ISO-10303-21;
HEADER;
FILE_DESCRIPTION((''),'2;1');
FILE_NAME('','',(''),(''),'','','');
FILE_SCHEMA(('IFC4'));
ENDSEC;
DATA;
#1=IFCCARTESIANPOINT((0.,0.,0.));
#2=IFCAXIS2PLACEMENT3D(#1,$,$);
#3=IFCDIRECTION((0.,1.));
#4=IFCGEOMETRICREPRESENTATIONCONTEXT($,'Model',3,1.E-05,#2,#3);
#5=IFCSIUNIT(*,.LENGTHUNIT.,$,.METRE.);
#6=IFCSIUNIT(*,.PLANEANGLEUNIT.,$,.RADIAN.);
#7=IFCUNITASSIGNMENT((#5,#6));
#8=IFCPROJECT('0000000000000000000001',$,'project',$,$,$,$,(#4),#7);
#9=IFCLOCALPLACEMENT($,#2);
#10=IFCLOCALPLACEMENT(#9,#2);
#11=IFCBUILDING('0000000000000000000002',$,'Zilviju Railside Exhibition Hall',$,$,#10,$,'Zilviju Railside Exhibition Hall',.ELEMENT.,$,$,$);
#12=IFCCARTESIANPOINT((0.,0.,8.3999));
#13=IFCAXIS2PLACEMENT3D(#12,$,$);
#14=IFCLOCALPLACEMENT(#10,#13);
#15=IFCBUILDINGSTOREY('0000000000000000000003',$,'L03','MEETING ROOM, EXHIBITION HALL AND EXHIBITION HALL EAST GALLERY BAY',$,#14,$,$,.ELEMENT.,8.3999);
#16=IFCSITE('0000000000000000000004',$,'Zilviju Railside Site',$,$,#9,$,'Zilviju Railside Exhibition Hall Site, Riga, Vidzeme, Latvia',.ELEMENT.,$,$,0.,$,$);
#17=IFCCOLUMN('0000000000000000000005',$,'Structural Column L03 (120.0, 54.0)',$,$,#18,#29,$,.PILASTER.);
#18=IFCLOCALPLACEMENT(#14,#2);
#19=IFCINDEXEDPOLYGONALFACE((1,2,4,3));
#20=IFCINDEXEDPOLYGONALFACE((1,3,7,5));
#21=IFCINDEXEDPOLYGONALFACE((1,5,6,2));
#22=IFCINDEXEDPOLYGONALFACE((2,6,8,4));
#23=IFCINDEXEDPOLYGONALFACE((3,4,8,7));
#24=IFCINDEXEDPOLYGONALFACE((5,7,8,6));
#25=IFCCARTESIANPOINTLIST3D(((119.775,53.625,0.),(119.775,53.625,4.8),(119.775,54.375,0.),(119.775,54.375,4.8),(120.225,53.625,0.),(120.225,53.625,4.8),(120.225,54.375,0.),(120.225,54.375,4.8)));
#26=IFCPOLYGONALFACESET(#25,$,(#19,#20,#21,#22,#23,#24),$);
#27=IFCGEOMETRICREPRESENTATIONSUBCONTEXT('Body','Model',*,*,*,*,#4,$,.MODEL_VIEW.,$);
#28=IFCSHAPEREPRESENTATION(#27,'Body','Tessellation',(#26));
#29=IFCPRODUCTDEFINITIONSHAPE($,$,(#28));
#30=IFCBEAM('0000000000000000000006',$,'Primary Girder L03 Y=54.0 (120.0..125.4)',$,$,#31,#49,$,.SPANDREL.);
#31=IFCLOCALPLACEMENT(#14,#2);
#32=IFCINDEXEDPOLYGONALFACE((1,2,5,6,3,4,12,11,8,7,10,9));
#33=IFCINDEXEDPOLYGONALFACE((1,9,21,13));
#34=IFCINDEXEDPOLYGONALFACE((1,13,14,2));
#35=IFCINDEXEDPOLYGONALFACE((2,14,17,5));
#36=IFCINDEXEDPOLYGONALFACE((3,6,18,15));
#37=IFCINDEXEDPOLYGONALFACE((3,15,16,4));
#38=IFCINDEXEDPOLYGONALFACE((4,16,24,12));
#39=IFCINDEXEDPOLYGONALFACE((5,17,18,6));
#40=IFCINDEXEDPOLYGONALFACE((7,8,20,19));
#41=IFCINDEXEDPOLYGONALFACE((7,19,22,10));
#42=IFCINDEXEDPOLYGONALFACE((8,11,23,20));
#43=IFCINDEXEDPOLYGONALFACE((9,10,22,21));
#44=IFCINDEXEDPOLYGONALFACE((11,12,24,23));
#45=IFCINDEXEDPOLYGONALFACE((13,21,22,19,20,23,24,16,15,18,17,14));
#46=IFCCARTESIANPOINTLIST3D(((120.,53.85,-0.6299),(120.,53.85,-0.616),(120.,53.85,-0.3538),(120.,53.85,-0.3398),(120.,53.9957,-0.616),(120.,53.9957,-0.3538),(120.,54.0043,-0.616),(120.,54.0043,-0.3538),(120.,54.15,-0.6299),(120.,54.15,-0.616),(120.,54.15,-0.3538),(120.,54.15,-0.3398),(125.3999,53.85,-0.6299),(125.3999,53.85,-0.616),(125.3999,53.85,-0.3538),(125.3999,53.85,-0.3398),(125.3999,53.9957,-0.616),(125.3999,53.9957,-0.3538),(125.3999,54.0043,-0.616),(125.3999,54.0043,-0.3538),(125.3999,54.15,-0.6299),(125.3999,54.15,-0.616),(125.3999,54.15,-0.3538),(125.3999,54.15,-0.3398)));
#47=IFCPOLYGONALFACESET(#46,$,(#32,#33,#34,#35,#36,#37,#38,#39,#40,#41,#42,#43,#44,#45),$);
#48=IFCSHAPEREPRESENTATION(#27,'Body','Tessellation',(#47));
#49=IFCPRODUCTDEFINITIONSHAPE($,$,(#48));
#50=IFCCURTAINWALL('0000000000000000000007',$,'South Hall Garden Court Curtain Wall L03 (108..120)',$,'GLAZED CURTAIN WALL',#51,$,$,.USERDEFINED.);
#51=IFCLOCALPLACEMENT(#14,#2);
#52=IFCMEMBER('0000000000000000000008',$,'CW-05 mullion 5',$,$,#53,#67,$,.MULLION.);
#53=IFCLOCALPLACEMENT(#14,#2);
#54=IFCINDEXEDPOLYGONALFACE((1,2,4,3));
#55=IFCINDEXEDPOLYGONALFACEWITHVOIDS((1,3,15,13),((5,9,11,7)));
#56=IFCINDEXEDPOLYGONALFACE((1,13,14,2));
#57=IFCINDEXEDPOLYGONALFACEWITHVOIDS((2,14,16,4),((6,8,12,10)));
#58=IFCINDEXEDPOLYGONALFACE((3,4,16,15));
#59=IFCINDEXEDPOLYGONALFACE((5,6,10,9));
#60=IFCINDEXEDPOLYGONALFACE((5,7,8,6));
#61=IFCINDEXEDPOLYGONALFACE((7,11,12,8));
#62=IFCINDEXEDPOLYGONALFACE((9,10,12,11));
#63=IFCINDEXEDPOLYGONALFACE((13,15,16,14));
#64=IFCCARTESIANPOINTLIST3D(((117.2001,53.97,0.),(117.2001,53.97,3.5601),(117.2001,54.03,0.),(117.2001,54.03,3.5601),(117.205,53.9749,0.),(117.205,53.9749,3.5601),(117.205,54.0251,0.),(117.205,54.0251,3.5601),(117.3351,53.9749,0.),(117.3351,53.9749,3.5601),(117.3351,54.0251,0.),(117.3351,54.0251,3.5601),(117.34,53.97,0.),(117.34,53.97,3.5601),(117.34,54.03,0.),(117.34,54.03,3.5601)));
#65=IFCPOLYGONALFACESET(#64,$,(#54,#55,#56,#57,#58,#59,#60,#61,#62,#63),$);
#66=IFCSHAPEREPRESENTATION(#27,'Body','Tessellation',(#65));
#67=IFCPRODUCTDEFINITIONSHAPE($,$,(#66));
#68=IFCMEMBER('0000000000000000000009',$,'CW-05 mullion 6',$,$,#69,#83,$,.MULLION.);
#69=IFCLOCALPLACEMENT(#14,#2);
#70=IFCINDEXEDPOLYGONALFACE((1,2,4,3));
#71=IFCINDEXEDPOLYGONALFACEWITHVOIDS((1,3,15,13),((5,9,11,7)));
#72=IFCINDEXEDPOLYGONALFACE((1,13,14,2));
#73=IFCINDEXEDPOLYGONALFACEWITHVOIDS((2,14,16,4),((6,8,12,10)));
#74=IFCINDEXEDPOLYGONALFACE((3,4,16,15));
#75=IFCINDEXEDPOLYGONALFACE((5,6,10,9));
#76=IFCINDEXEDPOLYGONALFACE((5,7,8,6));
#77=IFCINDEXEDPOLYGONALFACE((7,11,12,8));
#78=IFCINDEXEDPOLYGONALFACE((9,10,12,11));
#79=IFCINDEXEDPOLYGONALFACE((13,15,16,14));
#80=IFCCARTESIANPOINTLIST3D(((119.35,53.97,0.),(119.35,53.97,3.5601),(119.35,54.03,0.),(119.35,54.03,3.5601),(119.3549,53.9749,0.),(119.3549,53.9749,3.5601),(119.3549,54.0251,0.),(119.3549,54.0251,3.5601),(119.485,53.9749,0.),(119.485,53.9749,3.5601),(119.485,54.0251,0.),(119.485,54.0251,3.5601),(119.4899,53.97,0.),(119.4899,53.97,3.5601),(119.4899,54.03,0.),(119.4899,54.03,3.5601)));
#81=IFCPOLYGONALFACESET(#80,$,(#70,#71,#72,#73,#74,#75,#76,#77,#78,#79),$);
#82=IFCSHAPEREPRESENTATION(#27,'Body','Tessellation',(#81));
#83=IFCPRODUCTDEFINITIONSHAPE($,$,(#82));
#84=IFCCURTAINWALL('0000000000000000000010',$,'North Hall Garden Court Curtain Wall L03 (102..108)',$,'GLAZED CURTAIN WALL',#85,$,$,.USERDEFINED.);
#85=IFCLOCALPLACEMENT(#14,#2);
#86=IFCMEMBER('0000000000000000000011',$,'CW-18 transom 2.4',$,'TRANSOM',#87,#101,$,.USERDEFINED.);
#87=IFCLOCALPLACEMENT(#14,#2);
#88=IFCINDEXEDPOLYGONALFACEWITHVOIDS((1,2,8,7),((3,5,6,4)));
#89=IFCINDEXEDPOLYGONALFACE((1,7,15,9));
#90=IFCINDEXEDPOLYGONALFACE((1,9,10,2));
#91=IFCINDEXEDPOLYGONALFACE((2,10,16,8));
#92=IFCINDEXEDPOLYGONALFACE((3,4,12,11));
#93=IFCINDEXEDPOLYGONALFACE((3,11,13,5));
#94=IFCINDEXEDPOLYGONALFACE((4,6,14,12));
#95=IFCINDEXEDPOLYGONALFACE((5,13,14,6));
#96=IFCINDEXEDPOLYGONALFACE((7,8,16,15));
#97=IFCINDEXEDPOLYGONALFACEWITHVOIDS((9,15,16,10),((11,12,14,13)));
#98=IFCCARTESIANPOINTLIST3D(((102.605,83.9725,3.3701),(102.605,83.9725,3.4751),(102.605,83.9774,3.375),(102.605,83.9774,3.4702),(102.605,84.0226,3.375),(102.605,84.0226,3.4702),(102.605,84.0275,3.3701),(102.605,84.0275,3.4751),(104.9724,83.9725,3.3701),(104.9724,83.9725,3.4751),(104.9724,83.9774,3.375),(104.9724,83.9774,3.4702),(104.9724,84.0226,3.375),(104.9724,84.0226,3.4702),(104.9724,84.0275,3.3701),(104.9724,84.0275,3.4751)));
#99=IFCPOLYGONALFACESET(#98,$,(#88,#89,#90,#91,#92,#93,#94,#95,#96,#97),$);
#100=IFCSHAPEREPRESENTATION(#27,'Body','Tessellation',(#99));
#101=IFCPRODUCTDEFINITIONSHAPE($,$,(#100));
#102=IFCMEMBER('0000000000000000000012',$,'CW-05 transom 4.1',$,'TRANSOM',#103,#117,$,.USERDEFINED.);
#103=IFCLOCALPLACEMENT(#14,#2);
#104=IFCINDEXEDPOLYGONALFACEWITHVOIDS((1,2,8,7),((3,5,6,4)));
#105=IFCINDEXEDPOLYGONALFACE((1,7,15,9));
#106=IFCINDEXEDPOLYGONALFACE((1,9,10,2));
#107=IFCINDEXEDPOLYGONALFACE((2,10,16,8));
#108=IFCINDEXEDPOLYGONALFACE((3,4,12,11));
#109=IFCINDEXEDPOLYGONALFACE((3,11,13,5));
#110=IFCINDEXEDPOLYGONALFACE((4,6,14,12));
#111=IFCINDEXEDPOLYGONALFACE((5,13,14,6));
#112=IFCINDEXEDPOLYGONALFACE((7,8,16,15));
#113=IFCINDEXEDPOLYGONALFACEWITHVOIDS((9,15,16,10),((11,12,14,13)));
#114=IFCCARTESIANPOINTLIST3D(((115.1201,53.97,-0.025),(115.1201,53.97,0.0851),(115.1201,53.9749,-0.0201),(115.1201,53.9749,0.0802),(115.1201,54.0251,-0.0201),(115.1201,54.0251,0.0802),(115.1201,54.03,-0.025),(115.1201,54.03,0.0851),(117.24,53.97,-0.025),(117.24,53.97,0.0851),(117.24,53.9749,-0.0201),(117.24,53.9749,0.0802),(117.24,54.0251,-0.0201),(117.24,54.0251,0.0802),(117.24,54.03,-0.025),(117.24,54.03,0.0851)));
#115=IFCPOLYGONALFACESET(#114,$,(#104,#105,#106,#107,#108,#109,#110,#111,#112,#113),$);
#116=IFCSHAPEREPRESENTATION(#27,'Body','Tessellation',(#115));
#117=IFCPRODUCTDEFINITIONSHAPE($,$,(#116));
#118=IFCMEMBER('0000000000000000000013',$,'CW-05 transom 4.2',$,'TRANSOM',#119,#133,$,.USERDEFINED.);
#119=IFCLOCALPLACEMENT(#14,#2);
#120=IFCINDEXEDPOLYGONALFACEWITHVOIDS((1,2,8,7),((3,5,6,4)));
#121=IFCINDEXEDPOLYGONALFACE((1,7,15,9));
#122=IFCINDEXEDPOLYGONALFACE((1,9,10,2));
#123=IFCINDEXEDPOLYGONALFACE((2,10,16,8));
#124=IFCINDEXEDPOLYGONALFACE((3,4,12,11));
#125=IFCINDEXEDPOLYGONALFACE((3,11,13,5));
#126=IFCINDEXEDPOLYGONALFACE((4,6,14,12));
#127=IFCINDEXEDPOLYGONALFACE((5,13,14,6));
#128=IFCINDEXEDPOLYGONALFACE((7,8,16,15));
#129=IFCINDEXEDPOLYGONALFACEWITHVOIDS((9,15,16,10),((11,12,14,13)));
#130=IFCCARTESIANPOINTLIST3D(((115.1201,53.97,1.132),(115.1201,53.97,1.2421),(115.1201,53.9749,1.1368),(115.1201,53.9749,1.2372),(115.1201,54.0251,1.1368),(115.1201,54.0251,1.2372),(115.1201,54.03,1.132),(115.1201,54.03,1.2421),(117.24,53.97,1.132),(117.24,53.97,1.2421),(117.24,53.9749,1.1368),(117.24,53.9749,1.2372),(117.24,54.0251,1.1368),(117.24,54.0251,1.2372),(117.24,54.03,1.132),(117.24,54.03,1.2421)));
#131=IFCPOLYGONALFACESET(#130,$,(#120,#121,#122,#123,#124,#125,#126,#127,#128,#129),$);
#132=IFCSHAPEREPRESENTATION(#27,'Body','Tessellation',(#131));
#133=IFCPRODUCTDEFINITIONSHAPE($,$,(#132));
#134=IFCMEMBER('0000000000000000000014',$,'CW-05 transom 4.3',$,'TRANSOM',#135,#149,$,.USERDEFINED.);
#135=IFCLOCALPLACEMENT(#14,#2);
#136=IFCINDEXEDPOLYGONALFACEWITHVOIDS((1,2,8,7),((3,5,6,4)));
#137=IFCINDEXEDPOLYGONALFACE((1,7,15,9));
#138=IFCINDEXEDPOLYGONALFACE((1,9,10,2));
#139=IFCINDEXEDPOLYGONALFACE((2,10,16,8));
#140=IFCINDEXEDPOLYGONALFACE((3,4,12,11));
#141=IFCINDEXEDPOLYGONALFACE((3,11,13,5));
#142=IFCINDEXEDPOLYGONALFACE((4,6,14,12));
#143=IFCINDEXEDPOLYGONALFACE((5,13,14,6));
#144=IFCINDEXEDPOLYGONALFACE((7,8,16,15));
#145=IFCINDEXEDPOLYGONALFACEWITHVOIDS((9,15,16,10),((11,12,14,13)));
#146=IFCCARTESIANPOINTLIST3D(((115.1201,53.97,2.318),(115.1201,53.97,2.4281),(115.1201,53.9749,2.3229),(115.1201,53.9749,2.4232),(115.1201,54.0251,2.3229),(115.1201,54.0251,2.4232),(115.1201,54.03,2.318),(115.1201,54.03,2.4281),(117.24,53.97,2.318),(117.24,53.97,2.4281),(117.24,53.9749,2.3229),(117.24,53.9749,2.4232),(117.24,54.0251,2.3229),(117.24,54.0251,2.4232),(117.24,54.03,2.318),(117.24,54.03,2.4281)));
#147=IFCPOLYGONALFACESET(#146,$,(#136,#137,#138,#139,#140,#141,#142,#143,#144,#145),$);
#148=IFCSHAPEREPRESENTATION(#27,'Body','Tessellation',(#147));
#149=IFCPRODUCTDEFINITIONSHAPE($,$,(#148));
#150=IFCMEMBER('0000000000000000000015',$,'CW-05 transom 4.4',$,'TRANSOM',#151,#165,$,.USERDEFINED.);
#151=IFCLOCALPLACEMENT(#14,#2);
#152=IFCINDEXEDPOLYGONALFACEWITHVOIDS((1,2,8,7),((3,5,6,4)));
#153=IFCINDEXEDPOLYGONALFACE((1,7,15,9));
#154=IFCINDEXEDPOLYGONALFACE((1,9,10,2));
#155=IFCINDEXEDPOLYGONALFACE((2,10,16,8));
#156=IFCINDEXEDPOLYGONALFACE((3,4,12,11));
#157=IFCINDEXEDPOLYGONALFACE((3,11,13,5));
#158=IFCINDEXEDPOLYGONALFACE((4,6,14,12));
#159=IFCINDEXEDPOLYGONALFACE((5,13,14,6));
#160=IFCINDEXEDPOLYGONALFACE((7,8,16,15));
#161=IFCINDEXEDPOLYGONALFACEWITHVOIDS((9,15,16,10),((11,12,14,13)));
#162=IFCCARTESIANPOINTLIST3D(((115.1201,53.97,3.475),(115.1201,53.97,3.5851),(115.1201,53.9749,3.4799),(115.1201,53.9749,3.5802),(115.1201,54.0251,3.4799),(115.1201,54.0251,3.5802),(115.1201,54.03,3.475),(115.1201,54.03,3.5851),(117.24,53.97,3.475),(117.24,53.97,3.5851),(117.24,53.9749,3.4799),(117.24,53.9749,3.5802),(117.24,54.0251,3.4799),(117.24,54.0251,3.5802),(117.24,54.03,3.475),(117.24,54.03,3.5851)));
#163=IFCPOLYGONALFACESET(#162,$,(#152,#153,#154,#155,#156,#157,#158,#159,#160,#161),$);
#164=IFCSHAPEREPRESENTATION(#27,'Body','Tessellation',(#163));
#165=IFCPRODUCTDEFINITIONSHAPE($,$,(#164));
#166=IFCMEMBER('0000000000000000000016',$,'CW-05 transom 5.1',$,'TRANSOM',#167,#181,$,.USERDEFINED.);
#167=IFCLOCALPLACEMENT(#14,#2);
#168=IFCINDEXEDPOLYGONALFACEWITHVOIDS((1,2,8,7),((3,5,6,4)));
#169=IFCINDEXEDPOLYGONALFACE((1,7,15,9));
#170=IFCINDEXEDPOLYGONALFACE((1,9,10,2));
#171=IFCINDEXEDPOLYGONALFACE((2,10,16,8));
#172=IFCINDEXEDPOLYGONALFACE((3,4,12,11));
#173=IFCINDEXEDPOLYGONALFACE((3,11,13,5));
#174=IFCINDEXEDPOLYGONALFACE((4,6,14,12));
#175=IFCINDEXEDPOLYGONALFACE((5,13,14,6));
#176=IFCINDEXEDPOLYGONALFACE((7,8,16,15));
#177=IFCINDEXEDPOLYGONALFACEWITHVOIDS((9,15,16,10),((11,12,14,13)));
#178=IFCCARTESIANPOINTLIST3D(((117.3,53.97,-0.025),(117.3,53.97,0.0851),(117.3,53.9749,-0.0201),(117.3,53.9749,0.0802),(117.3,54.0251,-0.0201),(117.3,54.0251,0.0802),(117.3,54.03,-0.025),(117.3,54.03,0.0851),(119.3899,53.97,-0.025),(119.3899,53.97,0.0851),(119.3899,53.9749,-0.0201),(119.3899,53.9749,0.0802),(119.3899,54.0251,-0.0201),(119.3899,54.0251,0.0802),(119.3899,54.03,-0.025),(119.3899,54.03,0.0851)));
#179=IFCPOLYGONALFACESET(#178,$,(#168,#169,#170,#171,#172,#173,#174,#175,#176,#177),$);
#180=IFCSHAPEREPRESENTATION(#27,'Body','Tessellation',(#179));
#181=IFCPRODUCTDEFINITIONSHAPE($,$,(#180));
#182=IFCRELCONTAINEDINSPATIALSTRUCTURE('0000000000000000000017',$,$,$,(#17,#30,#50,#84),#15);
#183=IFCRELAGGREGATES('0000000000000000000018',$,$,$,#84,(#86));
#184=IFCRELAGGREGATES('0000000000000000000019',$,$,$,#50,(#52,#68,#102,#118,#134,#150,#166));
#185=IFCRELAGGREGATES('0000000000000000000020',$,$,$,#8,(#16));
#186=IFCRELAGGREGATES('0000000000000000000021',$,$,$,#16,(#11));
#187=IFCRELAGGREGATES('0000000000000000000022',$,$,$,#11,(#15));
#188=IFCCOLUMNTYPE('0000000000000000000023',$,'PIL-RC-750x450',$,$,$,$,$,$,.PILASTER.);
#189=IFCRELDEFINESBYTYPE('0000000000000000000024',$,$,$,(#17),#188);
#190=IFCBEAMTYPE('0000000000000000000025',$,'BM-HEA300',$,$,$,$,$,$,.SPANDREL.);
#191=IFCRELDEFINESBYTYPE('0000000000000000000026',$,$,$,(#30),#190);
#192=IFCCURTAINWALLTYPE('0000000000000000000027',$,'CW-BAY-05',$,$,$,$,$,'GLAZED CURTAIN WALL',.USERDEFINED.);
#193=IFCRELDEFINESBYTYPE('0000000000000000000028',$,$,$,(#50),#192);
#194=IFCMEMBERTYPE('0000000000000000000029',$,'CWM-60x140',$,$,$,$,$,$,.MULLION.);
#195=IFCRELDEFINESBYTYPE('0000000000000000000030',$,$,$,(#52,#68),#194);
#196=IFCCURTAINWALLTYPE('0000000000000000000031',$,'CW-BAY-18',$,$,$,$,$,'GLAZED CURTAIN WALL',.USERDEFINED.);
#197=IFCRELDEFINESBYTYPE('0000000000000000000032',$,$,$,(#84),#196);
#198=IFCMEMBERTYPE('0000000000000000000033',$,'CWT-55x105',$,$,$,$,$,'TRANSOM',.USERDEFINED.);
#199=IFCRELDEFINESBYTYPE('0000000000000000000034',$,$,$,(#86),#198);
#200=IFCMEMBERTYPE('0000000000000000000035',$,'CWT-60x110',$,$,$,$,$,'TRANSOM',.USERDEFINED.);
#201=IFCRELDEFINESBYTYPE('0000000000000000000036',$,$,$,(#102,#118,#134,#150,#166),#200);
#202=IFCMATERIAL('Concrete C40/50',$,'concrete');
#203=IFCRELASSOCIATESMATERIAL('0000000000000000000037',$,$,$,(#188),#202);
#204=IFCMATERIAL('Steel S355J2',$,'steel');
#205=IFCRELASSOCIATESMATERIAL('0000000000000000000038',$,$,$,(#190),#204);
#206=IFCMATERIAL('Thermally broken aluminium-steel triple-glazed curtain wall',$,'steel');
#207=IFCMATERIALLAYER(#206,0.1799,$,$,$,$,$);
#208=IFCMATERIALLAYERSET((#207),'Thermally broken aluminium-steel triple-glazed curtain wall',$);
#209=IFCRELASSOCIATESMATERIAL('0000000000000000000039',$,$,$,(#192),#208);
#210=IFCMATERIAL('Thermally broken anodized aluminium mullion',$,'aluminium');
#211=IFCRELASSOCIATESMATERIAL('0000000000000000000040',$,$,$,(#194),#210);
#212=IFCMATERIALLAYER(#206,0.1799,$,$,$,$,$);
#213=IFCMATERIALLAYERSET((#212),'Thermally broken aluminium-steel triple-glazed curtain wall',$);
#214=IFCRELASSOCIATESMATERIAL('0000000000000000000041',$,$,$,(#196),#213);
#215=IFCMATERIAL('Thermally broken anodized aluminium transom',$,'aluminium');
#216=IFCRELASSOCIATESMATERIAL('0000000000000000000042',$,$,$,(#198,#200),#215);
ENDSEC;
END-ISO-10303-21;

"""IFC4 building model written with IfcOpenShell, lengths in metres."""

from ifc_helpers import new_model, si_unit, direction, frame, origin, origin_2d, place, context, subcontext, project, spatial, rectangle, hollow_rectangle, i_section, extrude, material, layer, layer_set, material_profile, profile_set, type_object, element, aggregate, save


model = new_model("IFC4")

# Units and contexts
model_context = context("Model", 3, precision=1e-05, world=origin(), true_north=direction((0.0, 1.0)))
body_context = subcontext(model_context, "Body", "Model", "MODEL_VIEW")
ifc_project = project(units=[si_unit("LENGTHUNIT", "METRE"), si_unit("PLANEANGLEUNIT", "RADIAN")], contexts=[model_context])

# Site, building, storey
site_placement = place(None, origin())
site = spatial("IfcSite", under=ifc_project, at=site_placement, Name="Zilviju Railside Site", LongName="Zilviju Railside Exhibition Hall Site, Riga, Vidzeme, Latvia", CompositionType="ELEMENT", RefElevation=0.0)
building_placement = place(site_placement, origin())
building = spatial("IfcBuilding", under=site, at=building_placement, Name="Zilviju Railside Exhibition Hall", LongName="Zilviju Railside Exhibition Hall", CompositionType="ELEMENT")
storey_placement = place(building_placement, frame((0.0, 0.0, 8.3999)))
storey = spatial("IfcBuildingStorey", under=building, at=storey_placement, Name="L03", Description="MEETING ROOM, EXHIBITION HALL AND EXHIBITION HALL EAST GALLERY BAY", CompositionType="ELEMENT", Elevation=8.3999)

# Column
ifc_material_1 = material(Name="Concrete C40/50", Category="concrete")
ifc_material_profile_1 = material_profile(ifc_material_1, rectangle(XDim=0.45, YDim=0.75, at=origin_2d()), Name="RC COL 450x750")
ifc_profile_set_1 = profile_set([ifc_material_profile_1], Name="Concrete C40/50")
column_type = type_object("IfcColumnType", Name="PIL-RC-750x450", PredefinedType="PILASTER", material=ifc_profile_set_1)
column_placement = place(storey_placement, frame((120.0, 54.0, 0.0), z_axis=(0.0, 0.0, 1.0), x_axis=(1.0, 0.0, 0.0)))
element("IfcColumn", 1, at=column_placement, inside=storey, type_object=column_type, Name="Structural Column L03 (120.0, 54.0)", PredefinedType="PILASTER", context=body_context, shape_type="SweptSolid", body=[
    extrude(rectangle(XDim=0.45, YDim=0.75, at=origin_2d()), origin(), (0.0, 0.0, 1.0), 4.8),
])

# Beam
ifc_material_2 = material(Name="Steel S355J2", Category="steel")
ifc_material_profile_2 = material_profile(ifc_material_2, i_section(OverallWidth=0.3, OverallDepth=0.29, WebThickness=0.0085, FlangeThickness=0.0139, at=origin_2d()), Name="HEA 300")
ifc_profile_set_2 = profile_set([ifc_material_profile_2], Name="Steel S355J2")
beam_type = type_object("IfcBeamType", Name="BM-HEA300", PredefinedType="SPANDREL", material=ifc_profile_set_2)
beam_placement = place(storey_placement, frame((120.0, 54.0, -0.4849), z_axis=(1.0, 0.0, 0.0), x_axis=(0.0, 1.0, 0.0)))
element("IfcBeam", 2, at=beam_placement, inside=storey, type_object=beam_type, Name="Primary Girder L03 Y=54.0 (120.0..125.4)", PredefinedType="SPANDREL", context=body_context, shape_type="SweptSolid", body=[
    extrude(i_section(OverallWidth=0.3, OverallDepth=0.29, WebThickness=0.0085, FlangeThickness=0.0139, at=origin_2d()), origin(), (0.0, 0.0, 1.0), 5.3999),
])

# Curtain wall, members
ifc_material_3 = material(Name="Thermally broken aluminium-steel triple-glazed curtain wall", Category="steel")
ifc_layer_1 = layer(ifc_material_3, 0.1799)
ifc_layer_set_1 = layer_set([ifc_layer_1], Name="Thermally broken aluminium-steel triple-glazed curtain wall")
curtain_wall_type_1 = type_object("IfcCurtainWallType", Name="CW-BAY-05", ElementType="GLAZED CURTAIN WALL", PredefinedType="USERDEFINED", material=ifc_layer_set_1)
curtain_wall_1_placement = place(storey_placement, origin())
curtain_wall_1 = element("IfcCurtainWall", 3, at=curtain_wall_1_placement, inside=storey, type_object=curtain_wall_type_1, Name="South Hall Garden Court Curtain Wall L03 (108..120)", ObjectType="GLAZED CURTAIN WALL", PredefinedType="USERDEFINED")
ifc_material_4 = material(Name="Thermally broken anodized aluminium mullion", Category="aluminium")
ifc_material_profile_3 = material_profile(ifc_material_4, hollow_rectangle(XDim=0.0601, YDim=0.1399, WallThickness=0.0049, at=origin_2d()), Name="MULLION 140x60x5")
ifc_profile_set_3 = profile_set([ifc_material_profile_3], Name="Thermally broken anodized aluminium mullion")
member_type_1 = type_object("IfcMemberType", Name="CWM-60x140", PredefinedType="MULLION", material=ifc_profile_set_3)
member_1_placement = place(storey_placement, frame((117.27, 54.0, 0.0), z_axis=(0.0, 0.0, 1.0), x_axis=(0.0, 1.0, 0.0)))
member_1 = element("IfcMember", 4, at=member_1_placement, type_object=member_type_1, Name="CW-05 mullion 5", PredefinedType="MULLION", context=body_context, shape_type="SweptSolid", body=[
    extrude(hollow_rectangle(XDim=0.0601, YDim=0.1399, WallThickness=0.0049, at=origin_2d()), origin(), (0.0, 0.0, 1.0), 3.5601),
])
member_2_placement = place(storey_placement, frame((119.4199, 54.0, 0.0), z_axis=(0.0, 0.0, 1.0), x_axis=(0.0, 1.0, 0.0)))
member_2 = element("IfcMember", 5, at=member_2_placement, type_object=member_type_1, Name="CW-05 mullion 6", PredefinedType="MULLION", context=body_context, shape_type="SweptSolid", body=[
    extrude(hollow_rectangle(XDim=0.0601, YDim=0.1399, WallThickness=0.0049, at=origin_2d()), origin(), (0.0, 0.0, 1.0), 3.5601),
])

# Curtain wall, member
ifc_layer_2 = layer(ifc_material_3, 0.1799)
ifc_layer_set_2 = layer_set([ifc_layer_2], Name="Thermally broken aluminium-steel triple-glazed curtain wall")
curtain_wall_type_2 = type_object("IfcCurtainWallType", Name="CW-BAY-18", ElementType="GLAZED CURTAIN WALL", PredefinedType="USERDEFINED", material=ifc_layer_set_2)
curtain_wall_2_placement = place(storey_placement, origin())
curtain_wall_2 = element("IfcCurtainWall", 6, at=curtain_wall_2_placement, inside=storey, type_object=curtain_wall_type_2, Name="North Hall Garden Court Curtain Wall L03 (102..108)", ObjectType="GLAZED CURTAIN WALL", PredefinedType="USERDEFINED")
ifc_material_5 = material(Name="Thermally broken anodized aluminium transom", Category="aluminium")
ifc_material_profile_4 = material_profile(ifc_material_5, hollow_rectangle(XDim=0.0549, YDim=0.105, WallThickness=0.0049, at=origin_2d()), Name="TRANSOM 105x55x5")
ifc_profile_set_4 = profile_set([ifc_material_profile_4], Name="Thermally broken anodized aluminium transom")
member_type_2 = type_object("IfcMemberType", Name="CWT-55x105", ElementType="TRANSOM", PredefinedType="USERDEFINED", material=ifc_profile_set_4)
member_3_placement = place(storey_placement, frame((104.9724, 84.0, 3.4226), z_axis=(-1.0, 0.0, 0.0), x_axis=(0.0, -1.0, 0.0)))
member_3 = element("IfcMember", 7, at=member_3_placement, type_object=member_type_2, Name="CW-18 transom 2.4", ObjectType="TRANSOM", PredefinedType="USERDEFINED", context=body_context, shape_type="SweptSolid", body=[
    extrude(hollow_rectangle(XDim=0.0549, YDim=0.105, WallThickness=0.0049, at=origin_2d()), origin(), (0.0, 0.0, 1.0), 2.3674),
])
aggregate(curtain_wall_2, [member_3])

# Members
ifc_material_profile_5 = material_profile(ifc_material_5, hollow_rectangle(XDim=0.0601, YDim=0.1101, WallThickness=0.0049, at=origin_2d()), Name="TRANSOM 110x60x5")
ifc_profile_set_5 = profile_set([ifc_material_profile_5], Name="Thermally broken anodized aluminium transom")
member_type_3 = type_object("IfcMemberType", Name="CWT-60x110", ElementType="TRANSOM", PredefinedType="USERDEFINED", material=ifc_profile_set_5)
member_4_placement = place(storey_placement, frame((115.1201, 54.0, 0.03), z_axis=(1.0, 0.0, 0.0), x_axis=(0.0, 1.0, 0.0)))
member_4 = element("IfcMember", 8, at=member_4_placement, type_object=member_type_3, Name="CW-05 transom 4.1", ObjectType="TRANSOM", PredefinedType="USERDEFINED", context=body_context, shape_type="SweptSolid", body=[
    extrude(hollow_rectangle(XDim=0.0601, YDim=0.1101, WallThickness=0.0049, at=origin_2d()), origin(), (0.0, 0.0, 1.0), 2.1199),
])
member_5_placement = place(storey_placement, frame((115.1201, 54.0, 1.187), z_axis=(1.0, 0.0, 0.0), x_axis=(0.0, 1.0, 0.0)))
member_5 = element("IfcMember", 9, at=member_5_placement, type_object=member_type_3, Name="CW-05 transom 4.2", ObjectType="TRANSOM", PredefinedType="USERDEFINED", context=body_context, shape_type="SweptSolid", body=[
    extrude(hollow_rectangle(XDim=0.0601, YDim=0.1101, WallThickness=0.0049, at=origin_2d()), origin(), (0.0, 0.0, 1.0), 2.1199),
])
member_6_placement = place(storey_placement, frame((115.1201, 54.0, 2.373), z_axis=(1.0, 0.0, 0.0), x_axis=(0.0, 1.0, 0.0)))
member_6 = element("IfcMember", 10, at=member_6_placement, type_object=member_type_3, Name="CW-05 transom 4.3", ObjectType="TRANSOM", PredefinedType="USERDEFINED", context=body_context, shape_type="SweptSolid", body=[
    extrude(hollow_rectangle(XDim=0.0601, YDim=0.1101, WallThickness=0.0049, at=origin_2d()), origin(), (0.0, 0.0, 1.0), 2.1199),
])
member_7_placement = place(storey_placement, frame((115.1201, 54.0, 3.53), z_axis=(1.0, 0.0, 0.0), x_axis=(0.0, 1.0, 0.0)))
member_7 = element("IfcMember", 11, at=member_7_placement, type_object=member_type_3, Name="CW-05 transom 4.4", ObjectType="TRANSOM", PredefinedType="USERDEFINED", context=body_context, shape_type="SweptSolid", body=[
    extrude(hollow_rectangle(XDim=0.0601, YDim=0.1101, WallThickness=0.0049, at=origin_2d()), origin(), (0.0, 0.0, 1.0), 2.1199),
])
member_8_placement = place(storey_placement, frame((117.3, 54.0, 0.03), z_axis=(1.0, 0.0, 0.0), x_axis=(0.0, 1.0, 0.0)))
member_8 = element("IfcMember", 12, at=member_8_placement, type_object=member_type_3, Name="CW-05 transom 5.1", ObjectType="TRANSOM", PredefinedType="USERDEFINED", context=body_context, shape_type="SweptSolid", body=[
    extrude(hollow_rectangle(XDim=0.0601, YDim=0.1101, WallThickness=0.0049, at=origin_2d()), origin(), (0.0, 0.0, 1.0), 2.0898),
])

aggregate(curtain_wall_1, [member_1, member_2, member_4, member_5, member_6, member_7, member_8])

save(model, "model.ifc")
